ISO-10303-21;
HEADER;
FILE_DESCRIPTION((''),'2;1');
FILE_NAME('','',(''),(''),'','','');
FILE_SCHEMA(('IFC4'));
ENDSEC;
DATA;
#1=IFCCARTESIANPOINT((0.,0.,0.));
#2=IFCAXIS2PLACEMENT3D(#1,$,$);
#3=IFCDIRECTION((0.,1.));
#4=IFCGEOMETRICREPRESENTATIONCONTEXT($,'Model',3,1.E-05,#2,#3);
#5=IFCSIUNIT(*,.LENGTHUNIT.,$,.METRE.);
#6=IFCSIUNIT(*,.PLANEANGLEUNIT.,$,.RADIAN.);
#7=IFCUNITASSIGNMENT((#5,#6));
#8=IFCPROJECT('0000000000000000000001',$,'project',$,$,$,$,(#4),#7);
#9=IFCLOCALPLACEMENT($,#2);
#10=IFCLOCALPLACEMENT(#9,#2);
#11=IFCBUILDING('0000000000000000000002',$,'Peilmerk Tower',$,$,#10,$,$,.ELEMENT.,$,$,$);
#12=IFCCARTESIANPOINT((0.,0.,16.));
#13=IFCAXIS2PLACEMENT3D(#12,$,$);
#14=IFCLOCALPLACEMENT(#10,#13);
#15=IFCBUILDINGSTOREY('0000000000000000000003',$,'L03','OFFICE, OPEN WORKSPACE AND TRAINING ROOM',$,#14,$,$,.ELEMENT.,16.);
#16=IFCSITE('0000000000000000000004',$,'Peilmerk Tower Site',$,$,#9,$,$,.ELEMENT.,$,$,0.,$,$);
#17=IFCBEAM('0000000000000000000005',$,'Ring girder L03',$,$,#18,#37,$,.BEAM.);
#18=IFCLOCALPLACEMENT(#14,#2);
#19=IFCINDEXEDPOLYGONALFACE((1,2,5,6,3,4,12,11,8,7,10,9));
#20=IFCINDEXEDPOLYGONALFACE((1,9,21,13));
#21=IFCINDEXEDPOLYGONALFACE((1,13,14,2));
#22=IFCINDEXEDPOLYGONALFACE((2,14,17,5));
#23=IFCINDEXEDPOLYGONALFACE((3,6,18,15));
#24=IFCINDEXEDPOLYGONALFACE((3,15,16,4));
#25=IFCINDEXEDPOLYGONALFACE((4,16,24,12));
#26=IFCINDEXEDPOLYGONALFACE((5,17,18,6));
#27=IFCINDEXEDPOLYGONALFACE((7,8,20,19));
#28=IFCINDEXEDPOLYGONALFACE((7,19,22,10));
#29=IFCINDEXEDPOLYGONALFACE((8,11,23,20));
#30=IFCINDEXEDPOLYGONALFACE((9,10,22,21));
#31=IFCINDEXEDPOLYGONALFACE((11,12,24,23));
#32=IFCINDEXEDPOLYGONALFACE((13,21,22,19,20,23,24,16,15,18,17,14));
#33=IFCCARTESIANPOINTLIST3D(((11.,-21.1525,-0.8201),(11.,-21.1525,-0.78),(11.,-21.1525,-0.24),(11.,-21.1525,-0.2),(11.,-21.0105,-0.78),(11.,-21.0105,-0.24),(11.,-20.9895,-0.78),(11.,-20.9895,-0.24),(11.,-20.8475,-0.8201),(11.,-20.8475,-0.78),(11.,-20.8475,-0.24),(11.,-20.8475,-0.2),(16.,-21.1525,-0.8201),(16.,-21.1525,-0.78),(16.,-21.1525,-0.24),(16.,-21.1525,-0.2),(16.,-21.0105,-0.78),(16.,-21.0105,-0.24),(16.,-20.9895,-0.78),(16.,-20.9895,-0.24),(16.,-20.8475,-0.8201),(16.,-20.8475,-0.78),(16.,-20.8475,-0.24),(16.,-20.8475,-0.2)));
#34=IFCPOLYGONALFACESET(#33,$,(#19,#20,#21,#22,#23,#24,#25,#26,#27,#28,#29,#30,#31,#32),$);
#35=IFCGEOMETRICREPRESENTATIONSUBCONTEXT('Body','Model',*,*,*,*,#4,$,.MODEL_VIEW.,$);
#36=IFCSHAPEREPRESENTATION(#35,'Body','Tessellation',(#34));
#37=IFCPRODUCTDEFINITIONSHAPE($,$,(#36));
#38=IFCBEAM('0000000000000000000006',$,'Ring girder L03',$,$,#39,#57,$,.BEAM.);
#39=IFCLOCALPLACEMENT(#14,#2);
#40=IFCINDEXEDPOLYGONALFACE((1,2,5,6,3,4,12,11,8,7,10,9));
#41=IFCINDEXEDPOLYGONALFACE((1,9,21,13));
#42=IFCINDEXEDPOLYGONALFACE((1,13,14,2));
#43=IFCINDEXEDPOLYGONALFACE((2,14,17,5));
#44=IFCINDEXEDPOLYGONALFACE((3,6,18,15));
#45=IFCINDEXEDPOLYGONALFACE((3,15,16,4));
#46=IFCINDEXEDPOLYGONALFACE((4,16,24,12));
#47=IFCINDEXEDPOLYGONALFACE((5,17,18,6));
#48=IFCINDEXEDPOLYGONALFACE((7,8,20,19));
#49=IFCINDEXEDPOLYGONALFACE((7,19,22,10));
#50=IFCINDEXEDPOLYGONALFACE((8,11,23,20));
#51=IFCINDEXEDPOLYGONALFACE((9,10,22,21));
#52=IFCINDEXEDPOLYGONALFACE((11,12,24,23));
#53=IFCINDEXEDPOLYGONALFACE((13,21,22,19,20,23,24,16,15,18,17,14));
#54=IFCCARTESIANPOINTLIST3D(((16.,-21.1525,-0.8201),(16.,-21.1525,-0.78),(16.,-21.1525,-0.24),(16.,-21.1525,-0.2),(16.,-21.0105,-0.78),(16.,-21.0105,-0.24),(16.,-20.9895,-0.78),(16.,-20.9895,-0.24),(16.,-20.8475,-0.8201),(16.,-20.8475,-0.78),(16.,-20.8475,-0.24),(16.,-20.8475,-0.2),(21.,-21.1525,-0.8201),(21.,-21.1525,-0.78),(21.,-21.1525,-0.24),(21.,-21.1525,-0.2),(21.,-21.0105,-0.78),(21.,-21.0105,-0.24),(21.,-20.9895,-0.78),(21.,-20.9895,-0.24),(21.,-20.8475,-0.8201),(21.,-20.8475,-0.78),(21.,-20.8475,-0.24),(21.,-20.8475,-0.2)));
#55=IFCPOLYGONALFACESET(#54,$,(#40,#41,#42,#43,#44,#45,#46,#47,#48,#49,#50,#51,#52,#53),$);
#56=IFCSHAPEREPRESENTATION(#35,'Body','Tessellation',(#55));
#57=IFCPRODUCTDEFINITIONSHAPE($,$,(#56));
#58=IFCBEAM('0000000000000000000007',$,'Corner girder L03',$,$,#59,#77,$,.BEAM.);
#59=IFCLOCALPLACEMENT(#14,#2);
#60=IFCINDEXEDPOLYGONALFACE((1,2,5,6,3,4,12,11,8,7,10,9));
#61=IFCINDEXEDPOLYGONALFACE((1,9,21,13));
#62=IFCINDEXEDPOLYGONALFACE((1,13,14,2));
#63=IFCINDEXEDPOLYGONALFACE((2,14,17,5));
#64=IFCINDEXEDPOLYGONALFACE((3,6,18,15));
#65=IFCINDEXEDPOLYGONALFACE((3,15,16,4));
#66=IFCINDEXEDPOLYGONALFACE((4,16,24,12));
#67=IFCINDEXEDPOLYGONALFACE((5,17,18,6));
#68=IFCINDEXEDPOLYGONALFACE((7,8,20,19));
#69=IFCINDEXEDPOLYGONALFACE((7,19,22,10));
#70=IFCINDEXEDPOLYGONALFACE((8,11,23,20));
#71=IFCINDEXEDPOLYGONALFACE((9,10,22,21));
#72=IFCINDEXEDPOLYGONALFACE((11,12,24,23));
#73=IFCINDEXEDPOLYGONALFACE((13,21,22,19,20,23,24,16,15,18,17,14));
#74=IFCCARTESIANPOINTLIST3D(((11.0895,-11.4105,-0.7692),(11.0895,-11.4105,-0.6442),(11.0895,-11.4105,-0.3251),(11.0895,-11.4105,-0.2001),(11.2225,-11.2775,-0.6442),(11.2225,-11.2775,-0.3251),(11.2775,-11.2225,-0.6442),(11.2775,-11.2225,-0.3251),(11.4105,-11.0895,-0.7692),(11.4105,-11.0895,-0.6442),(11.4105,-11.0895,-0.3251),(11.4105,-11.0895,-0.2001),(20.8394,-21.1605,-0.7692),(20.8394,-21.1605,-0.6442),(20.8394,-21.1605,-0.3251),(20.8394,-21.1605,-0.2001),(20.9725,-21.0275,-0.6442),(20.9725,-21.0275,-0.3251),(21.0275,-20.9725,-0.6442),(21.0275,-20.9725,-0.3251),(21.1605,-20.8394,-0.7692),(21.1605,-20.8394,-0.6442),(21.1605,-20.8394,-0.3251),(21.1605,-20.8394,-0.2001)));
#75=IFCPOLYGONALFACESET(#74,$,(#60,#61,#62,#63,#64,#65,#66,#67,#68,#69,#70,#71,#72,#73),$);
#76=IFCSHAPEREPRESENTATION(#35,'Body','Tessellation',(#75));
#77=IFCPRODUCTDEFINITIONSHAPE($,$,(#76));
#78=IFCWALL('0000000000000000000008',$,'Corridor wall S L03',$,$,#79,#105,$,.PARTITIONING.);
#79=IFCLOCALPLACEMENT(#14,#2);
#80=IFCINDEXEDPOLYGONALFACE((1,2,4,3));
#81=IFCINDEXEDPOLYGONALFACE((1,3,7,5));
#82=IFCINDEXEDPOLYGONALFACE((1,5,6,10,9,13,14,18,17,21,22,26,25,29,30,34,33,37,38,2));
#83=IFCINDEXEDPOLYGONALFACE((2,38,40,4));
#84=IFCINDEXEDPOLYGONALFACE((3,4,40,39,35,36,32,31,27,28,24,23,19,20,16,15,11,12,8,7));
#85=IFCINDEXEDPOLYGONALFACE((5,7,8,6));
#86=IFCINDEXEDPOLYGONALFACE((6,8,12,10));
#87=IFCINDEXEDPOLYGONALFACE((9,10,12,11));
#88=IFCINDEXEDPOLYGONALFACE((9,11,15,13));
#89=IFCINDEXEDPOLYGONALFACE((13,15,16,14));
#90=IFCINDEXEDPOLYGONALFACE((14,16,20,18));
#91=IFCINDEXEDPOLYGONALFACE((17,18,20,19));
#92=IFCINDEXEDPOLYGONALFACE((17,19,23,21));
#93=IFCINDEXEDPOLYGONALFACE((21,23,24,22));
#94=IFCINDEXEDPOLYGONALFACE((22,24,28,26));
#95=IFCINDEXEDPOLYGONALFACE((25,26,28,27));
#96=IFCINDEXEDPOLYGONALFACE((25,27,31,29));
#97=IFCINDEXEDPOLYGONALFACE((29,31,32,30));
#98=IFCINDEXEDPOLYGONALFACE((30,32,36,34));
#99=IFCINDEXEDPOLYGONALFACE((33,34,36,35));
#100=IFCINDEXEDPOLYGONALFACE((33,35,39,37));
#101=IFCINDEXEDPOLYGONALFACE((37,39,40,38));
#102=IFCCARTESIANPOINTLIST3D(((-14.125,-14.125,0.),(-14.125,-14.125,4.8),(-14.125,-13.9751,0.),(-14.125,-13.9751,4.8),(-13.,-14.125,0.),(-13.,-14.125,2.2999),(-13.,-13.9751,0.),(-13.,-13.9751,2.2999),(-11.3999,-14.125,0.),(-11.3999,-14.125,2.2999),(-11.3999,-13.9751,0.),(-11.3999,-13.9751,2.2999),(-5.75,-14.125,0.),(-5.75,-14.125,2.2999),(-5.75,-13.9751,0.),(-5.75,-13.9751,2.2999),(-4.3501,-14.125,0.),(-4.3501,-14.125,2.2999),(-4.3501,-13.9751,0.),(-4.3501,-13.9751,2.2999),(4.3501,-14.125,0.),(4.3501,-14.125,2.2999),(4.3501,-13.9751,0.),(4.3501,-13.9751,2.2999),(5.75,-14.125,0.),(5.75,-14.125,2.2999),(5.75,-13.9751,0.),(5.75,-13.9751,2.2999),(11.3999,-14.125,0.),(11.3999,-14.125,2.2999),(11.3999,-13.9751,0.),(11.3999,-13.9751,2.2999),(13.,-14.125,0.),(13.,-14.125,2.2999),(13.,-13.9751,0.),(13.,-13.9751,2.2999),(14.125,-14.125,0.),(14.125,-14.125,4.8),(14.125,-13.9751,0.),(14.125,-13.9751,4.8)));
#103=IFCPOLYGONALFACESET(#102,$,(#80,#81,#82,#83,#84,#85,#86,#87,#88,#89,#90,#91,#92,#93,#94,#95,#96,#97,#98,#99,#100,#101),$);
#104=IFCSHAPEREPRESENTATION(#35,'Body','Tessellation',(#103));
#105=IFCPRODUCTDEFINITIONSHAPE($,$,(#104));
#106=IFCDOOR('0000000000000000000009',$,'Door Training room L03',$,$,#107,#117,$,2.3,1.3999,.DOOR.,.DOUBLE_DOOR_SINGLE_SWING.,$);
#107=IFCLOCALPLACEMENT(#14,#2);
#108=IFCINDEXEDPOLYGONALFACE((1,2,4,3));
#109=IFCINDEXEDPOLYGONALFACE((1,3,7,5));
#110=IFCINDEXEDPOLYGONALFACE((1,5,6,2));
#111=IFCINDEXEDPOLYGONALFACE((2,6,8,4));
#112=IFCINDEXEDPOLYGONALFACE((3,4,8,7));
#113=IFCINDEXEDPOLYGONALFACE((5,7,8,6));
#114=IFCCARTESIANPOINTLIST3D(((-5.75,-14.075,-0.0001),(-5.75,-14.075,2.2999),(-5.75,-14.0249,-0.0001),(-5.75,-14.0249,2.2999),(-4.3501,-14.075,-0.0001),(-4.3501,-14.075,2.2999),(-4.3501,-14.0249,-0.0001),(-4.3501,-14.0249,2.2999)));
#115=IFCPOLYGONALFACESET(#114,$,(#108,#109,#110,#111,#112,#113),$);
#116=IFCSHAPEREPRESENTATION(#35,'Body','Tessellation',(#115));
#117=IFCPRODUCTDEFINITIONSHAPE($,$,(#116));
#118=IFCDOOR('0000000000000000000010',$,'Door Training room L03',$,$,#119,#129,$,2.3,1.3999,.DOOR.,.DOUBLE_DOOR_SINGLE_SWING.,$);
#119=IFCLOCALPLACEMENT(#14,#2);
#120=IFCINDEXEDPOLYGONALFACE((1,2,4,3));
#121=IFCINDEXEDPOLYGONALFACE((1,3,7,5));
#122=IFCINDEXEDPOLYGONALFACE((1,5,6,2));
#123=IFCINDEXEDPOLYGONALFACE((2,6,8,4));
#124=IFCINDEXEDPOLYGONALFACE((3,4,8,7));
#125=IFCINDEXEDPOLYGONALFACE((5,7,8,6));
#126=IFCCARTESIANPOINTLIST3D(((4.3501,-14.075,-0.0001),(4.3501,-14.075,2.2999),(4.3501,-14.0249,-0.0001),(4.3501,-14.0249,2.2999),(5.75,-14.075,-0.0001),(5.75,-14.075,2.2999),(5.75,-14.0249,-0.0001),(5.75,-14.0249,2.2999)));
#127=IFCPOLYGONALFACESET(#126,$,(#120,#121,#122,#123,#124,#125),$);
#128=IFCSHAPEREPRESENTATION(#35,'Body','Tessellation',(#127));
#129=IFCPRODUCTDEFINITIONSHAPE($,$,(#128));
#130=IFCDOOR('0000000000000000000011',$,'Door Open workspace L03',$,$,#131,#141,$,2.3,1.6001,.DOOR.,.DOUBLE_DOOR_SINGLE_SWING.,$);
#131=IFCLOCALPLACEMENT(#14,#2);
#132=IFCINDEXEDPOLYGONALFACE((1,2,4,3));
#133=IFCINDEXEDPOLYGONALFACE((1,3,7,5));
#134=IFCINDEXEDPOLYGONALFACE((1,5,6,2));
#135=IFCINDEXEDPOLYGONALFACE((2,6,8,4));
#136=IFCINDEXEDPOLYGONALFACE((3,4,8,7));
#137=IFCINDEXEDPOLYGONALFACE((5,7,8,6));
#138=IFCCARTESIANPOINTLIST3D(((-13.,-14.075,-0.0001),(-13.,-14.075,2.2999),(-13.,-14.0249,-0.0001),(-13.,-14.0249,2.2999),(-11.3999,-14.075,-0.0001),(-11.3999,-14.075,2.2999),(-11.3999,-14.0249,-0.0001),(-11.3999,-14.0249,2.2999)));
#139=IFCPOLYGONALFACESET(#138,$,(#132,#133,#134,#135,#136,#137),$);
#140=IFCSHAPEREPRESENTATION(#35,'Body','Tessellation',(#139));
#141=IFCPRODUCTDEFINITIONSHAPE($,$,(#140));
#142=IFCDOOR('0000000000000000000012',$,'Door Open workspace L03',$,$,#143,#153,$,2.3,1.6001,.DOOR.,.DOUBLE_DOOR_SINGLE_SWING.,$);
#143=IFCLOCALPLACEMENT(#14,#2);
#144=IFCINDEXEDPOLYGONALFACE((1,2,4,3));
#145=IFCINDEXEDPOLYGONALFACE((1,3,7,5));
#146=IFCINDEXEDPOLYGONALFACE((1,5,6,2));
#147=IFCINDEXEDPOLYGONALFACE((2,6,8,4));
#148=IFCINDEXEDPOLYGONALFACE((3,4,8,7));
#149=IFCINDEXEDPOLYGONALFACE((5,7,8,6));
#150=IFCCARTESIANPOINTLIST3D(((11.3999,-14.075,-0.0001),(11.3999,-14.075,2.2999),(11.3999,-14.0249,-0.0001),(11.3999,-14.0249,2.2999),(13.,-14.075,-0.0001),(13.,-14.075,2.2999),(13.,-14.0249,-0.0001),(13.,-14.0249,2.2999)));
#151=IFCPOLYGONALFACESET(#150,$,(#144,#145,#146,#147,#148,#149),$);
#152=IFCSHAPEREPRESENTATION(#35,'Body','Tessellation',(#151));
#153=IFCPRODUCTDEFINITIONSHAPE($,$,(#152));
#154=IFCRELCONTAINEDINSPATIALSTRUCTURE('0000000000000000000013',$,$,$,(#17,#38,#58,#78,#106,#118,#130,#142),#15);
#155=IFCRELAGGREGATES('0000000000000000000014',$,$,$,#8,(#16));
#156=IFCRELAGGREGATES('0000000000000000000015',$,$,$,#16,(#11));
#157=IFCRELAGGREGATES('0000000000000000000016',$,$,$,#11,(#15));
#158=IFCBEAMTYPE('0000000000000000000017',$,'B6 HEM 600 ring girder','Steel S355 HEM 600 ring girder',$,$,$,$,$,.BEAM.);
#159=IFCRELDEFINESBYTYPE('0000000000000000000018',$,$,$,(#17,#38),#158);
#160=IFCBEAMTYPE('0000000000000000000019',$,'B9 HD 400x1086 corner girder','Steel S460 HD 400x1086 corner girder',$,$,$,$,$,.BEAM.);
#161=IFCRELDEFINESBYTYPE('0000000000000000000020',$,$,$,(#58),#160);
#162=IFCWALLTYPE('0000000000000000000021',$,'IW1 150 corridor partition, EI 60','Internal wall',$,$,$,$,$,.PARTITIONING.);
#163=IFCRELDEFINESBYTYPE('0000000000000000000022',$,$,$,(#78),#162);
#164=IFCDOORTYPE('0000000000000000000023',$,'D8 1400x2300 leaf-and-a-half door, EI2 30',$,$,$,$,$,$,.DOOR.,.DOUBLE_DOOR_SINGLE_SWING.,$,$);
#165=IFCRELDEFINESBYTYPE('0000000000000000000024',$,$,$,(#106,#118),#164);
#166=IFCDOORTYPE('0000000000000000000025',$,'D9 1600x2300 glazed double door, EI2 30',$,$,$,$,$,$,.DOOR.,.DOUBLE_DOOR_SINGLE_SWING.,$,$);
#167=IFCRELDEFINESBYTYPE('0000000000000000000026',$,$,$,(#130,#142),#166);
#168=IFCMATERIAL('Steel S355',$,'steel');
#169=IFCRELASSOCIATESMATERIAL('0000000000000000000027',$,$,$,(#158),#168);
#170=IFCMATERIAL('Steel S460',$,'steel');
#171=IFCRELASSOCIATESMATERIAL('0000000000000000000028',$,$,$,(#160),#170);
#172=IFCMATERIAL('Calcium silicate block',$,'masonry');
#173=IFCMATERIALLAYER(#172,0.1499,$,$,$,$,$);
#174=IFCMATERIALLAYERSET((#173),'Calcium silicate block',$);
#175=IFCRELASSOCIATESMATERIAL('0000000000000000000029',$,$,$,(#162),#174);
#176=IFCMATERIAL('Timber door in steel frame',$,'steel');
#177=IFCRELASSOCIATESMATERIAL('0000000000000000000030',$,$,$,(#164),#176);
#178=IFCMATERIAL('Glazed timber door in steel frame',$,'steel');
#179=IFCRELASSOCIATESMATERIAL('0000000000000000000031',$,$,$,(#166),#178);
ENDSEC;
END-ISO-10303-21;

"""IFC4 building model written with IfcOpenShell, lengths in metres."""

from ifc_helpers import new_model, si_unit, direction, frame, frame_2d, origin, origin_2d, place, context, subcontext, project, spatial, rectangle, i_section, extrude, material, layer, layer_set, material_profile, profile_set, type_object, element, fill, save


model = new_model("IFC4")

# Units and contexts
model_context = context("Model", 3, precision=1e-05, world=origin(), true_north=direction((0.0, 1.0)))
body_context = subcontext(model_context, "Body", "Model", "MODEL_VIEW")
ifc_project = project(units=[si_unit("LENGTHUNIT", "METRE"), si_unit("PLANEANGLEUNIT", "RADIAN")], contexts=[model_context])

# Site, building, storey
site_placement = place(None, origin())
site = spatial("IfcSite", under=ifc_project, at=site_placement, Name="Peilmerk Tower Site", CompositionType="ELEMENT", RefElevation=0.0)
building_placement = place(site_placement, origin())
building = spatial("IfcBuilding", under=site, at=building_placement, Name="Peilmerk Tower", CompositionType="ELEMENT")
storey_placement = place(building_placement, frame((0.0, 0.0, 16.0)))
storey = spatial("IfcBuildingStorey", under=building, at=storey_placement, Name="L03", Description="OFFICE, OPEN WORKSPACE AND TRAINING ROOM", CompositionType="ELEMENT", Elevation=16.0)

# Beams
ifc_material_1 = material(Name="Steel S355", Category="steel")
ifc_material_profile_1 = material_profile(ifc_material_1, i_section(OverallWidth=0.3049, OverallDepth=0.6201, WebThickness=0.021, FlangeThickness=0.04, at=origin_2d()), Name="HEM 600")
ifc_profile_set_1 = profile_set([ifc_material_profile_1], Name="Steel S355")
beam_type_1 = type_object("IfcBeamType", Name="B6 HEM 600 ring girder", Description="Steel S355 HEM 600 ring girder", PredefinedType="BEAM", material=ifc_profile_set_1)
for number, where, z_axis, x_axis, name in (
    (1, (11.0, -21.0, -0.51), (1.0, 0.0, 0.0), (0.0, 1.0, 0.0), "Ring girder L03"),
    (2, (16.0, -21.0, -0.51), (1.0, 0.0, 0.0), (0.0, 1.0, 0.0), "Ring girder L03"),
):
    element("IfcBeam", number, at=place(storey_placement, frame(where, z_axis=z_axis, x_axis=x_axis)), inside=storey, type_object=beam_type_1, Name=name, PredefinedType="BEAM", context=body_context, shape_type="SweptSolid", body=[
        extrude(i_section(OverallWidth=0.3049, OverallDepth=0.6201, WebThickness=0.021, FlangeThickness=0.04, at=origin_2d()), origin(), (0.0, 0.0, 1.0), 5.0),
    ])
ifc_material_2 = material(Name="Steel S460", Category="steel")
ifc_material_profile_2 = material_profile(ifc_material_2, i_section(OverallWidth=0.4541, OverallDepth=0.5691, WebThickness=0.0779, FlangeThickness=0.125, at=origin_2d()), Name="HD 400x1086")
ifc_profile_set_2 = profile_set([ifc_material_profile_2], Name="Steel S460")
beam_type_2 = type_object("IfcBeamType", Name="B9 HD 400x1086 corner girder", Description="Steel S460 HD 400x1086 corner girder", PredefinedType="BEAM", material=ifc_profile_set_2)
beam_1_placement = place(storey_placement, frame((11.25, -11.25, -0.4846), z_axis=(0.707107, -0.707107, 0.0), x_axis=(0.707107, 0.707107, 0.0)))
element("IfcBeam", 3, at=beam_1_placement, inside=storey, type_object=beam_type_2, Name="Corner girder L03", PredefinedType="BEAM", context=body_context, shape_type="SweptSolid", body=[
    extrude(i_section(OverallWidth=0.4541, OverallDepth=0.5691, WebThickness=0.0779, FlangeThickness=0.125, at=origin_2d()), origin(), (0.0, 0.0, 1.0), 13.7886),
])

# Wall, openings, doors
ifc_material_3 = material(Name="Calcium silicate block", Category="masonry")
ifc_layer_1 = layer(ifc_material_3, 0.1499)
ifc_layer_set_1 = layer_set([ifc_layer_1], Name="Calcium silicate block")
wall_type_1 = type_object("IfcWallType", Name="IW1 150 corridor partition, EI 60", Description="Internal wall", PredefinedType="PARTITIONING", material=ifc_layer_set_1)
wall_1_placement = place(storey_placement, frame((14.125, -14.05, 0.0), z_axis=(0.0, 0.0, 1.0), x_axis=(-1.0, 0.0, 0.0)))
wall_1 = element("IfcWall", 4, at=wall_1_placement, inside=storey, type_object=wall_type_1, Name="Corridor wall S L03", PredefinedType="PARTITIONING", context=body_context, shape_type="SweptSolid", body=[
    extrude(rectangle(XDim=28.25, YDim=0.1499, at=frame_2d((14.125, 0.0))), origin(), (0.0, 0.0, 1.0), 4.8),
])
opening_1_placement = place(wall_1_placement, frame((25.5249, 0.0, 0.0)))
opening_1 = element("IfcOpeningElement", 5, at=opening_1_placement, cuts=wall_1, PredefinedType="OPENING", context=body_context, shape_type="SweptSolid", body=[
    extrude(rectangle(XDim=1.6001, YDim=2.3, at=frame_2d((0.8, 1.1499))), frame((0.0, 0.085, 0.0), z_axis=(0.0, -1.0, 0.0), x_axis=(1.0, 0.0, 0.0)), (0.0, 0.0, 1.0), 0.1699),
])
opening_2_placement = place(wall_1_placement, frame((18.4751, 0.0, 0.0)))
opening_2 = element("IfcOpeningElement", 6, at=opening_2_placement, cuts=wall_1, PredefinedType="OPENING", context=body_context, shape_type="SweptSolid", body=[
    extrude(rectangle(XDim=1.3999, YDim=2.3, at=frame_2d((0.7, 1.1499))), frame((0.0, 0.085, 0.0), z_axis=(0.0, -1.0, 0.0), x_axis=(1.0, 0.0, 0.0)), (0.0, 0.0, 1.0), 0.1699),
])
opening_3_placement = place(wall_1_placement, frame((8.375, 0.0, 0.0)))
opening_3 = element("IfcOpeningElement", 7, at=opening_3_placement, cuts=wall_1, PredefinedType="OPENING", context=body_context, shape_type="SweptSolid", body=[
    extrude(rectangle(XDim=1.3999, YDim=2.3, at=frame_2d((0.7, 1.1499))), frame((0.0, 0.085, 0.0), z_axis=(0.0, -1.0, 0.0), x_axis=(1.0, 0.0, 0.0)), (0.0, 0.0, 1.0), 0.1699),
])
opening_4_placement = place(wall_1_placement, frame((1.125, 0.0, 0.0)))
opening_4 = element("IfcOpeningElement", 8, at=opening_4_placement, cuts=wall_1, PredefinedType="OPENING", context=body_context, shape_type="SweptSolid", body=[
    extrude(rectangle(XDim=1.6001, YDim=2.3, at=frame_2d((0.8, 1.1499))), frame((0.0, 0.085, 0.0), z_axis=(0.0, -1.0, 0.0), x_axis=(1.0, 0.0, 0.0)), (0.0, 0.0, 1.0), 0.1699),
])
ifc_material_4 = material(Name="Timber door in steel frame", Category="steel")
door_type_1 = type_object("IfcDoorType", Name="D8 1400x2300 leaf-and-a-half door, EI2 30", OperationType="DOUBLE_DOOR_SINGLE_SWING", PredefinedType="DOOR", material=ifc_material_4)
door_1_placement = place(opening_2_placement, origin())
door_1 = element("IfcDoor", 9, at=door_1_placement, inside=storey, type_object=door_type_1, Name="Door Training room L03", OperationType="DOUBLE_DOOR_SINGLE_SWING", OverallHeight=2.3, OverallWidth=1.3999, PredefinedType="DOOR", context=body_context, shape_type="SweptSolid", body=[
    extrude(rectangle(XDim=1.3999, YDim=2.3, at=frame_2d((0.7, 1.1499))), frame((0.0, 0.0249, 0.0), z_axis=(0.0, -1.0, 0.0), x_axis=(1.0, 0.0, 0.0)), (0.0, 0.0, 1.0), 0.05),
])
fill(opening_2, door_1)
door_2_placement = place(opening_3_placement, origin())
door_2 = element("IfcDoor", 10, at=door_2_placement, inside=storey, type_object=door_type_1, Name="Door Training room L03", OperationType="DOUBLE_DOOR_SINGLE_SWING", OverallHeight=2.3, OverallWidth=1.3999, PredefinedType="DOOR", context=body_context, shape_type="SweptSolid", body=[
    extrude(rectangle(XDim=1.3999, YDim=2.3, at=frame_2d((0.7, 1.1499))), frame((0.0, 0.0249, 0.0), z_axis=(0.0, -1.0, 0.0), x_axis=(1.0, 0.0, 0.0)), (0.0, 0.0, 1.0), 0.05),
])
fill(opening_3, door_2)
ifc_material_5 = material(Name="Glazed timber door in steel frame", Category="steel")
door_type_2 = type_object("IfcDoorType", Name="D9 1600x2300 glazed double door, EI2 30", OperationType="DOUBLE_DOOR_SINGLE_SWING", PredefinedType="DOOR", material=ifc_material_5)
door_3_placement = place(opening_1_placement, origin())
door_3 = element("IfcDoor", 11, at=door_3_placement, inside=storey, type_object=door_type_2, Name="Door Open workspace L03", OperationType="DOUBLE_DOOR_SINGLE_SWING", OverallHeight=2.3, OverallWidth=1.6001, PredefinedType="DOOR", context=body_context, shape_type="SweptSolid", body=[
    extrude(rectangle(XDim=1.6001, YDim=2.3, at=frame_2d((0.8, 1.1499))), frame((0.0, 0.0249, 0.0), z_axis=(0.0, -1.0, 0.0), x_axis=(1.0, 0.0, 0.0)), (0.0, 0.0, 1.0), 0.05),
])
fill(opening_1, door_3)
door_4_placement = place(opening_4_placement, origin())
door_4 = element("IfcDoor", 12, at=door_4_placement, inside=storey, type_object=door_type_2, Name="Door Open workspace L03", OperationType="DOUBLE_DOOR_SINGLE_SWING", OverallHeight=2.3, OverallWidth=1.6001, PredefinedType="DOOR", context=body_context, shape_type="SweptSolid", body=[
    extrude(rectangle(XDim=1.6001, YDim=2.3, at=frame_2d((0.8, 1.1499))), frame((0.0, 0.0249, 0.0), z_axis=(0.0, -1.0, 0.0), x_axis=(1.0, 0.0, 0.0)), (0.0, 0.0, 1.0), 0.05),
])
fill(opening_4, door_4)

save(model, "model.ifc")
